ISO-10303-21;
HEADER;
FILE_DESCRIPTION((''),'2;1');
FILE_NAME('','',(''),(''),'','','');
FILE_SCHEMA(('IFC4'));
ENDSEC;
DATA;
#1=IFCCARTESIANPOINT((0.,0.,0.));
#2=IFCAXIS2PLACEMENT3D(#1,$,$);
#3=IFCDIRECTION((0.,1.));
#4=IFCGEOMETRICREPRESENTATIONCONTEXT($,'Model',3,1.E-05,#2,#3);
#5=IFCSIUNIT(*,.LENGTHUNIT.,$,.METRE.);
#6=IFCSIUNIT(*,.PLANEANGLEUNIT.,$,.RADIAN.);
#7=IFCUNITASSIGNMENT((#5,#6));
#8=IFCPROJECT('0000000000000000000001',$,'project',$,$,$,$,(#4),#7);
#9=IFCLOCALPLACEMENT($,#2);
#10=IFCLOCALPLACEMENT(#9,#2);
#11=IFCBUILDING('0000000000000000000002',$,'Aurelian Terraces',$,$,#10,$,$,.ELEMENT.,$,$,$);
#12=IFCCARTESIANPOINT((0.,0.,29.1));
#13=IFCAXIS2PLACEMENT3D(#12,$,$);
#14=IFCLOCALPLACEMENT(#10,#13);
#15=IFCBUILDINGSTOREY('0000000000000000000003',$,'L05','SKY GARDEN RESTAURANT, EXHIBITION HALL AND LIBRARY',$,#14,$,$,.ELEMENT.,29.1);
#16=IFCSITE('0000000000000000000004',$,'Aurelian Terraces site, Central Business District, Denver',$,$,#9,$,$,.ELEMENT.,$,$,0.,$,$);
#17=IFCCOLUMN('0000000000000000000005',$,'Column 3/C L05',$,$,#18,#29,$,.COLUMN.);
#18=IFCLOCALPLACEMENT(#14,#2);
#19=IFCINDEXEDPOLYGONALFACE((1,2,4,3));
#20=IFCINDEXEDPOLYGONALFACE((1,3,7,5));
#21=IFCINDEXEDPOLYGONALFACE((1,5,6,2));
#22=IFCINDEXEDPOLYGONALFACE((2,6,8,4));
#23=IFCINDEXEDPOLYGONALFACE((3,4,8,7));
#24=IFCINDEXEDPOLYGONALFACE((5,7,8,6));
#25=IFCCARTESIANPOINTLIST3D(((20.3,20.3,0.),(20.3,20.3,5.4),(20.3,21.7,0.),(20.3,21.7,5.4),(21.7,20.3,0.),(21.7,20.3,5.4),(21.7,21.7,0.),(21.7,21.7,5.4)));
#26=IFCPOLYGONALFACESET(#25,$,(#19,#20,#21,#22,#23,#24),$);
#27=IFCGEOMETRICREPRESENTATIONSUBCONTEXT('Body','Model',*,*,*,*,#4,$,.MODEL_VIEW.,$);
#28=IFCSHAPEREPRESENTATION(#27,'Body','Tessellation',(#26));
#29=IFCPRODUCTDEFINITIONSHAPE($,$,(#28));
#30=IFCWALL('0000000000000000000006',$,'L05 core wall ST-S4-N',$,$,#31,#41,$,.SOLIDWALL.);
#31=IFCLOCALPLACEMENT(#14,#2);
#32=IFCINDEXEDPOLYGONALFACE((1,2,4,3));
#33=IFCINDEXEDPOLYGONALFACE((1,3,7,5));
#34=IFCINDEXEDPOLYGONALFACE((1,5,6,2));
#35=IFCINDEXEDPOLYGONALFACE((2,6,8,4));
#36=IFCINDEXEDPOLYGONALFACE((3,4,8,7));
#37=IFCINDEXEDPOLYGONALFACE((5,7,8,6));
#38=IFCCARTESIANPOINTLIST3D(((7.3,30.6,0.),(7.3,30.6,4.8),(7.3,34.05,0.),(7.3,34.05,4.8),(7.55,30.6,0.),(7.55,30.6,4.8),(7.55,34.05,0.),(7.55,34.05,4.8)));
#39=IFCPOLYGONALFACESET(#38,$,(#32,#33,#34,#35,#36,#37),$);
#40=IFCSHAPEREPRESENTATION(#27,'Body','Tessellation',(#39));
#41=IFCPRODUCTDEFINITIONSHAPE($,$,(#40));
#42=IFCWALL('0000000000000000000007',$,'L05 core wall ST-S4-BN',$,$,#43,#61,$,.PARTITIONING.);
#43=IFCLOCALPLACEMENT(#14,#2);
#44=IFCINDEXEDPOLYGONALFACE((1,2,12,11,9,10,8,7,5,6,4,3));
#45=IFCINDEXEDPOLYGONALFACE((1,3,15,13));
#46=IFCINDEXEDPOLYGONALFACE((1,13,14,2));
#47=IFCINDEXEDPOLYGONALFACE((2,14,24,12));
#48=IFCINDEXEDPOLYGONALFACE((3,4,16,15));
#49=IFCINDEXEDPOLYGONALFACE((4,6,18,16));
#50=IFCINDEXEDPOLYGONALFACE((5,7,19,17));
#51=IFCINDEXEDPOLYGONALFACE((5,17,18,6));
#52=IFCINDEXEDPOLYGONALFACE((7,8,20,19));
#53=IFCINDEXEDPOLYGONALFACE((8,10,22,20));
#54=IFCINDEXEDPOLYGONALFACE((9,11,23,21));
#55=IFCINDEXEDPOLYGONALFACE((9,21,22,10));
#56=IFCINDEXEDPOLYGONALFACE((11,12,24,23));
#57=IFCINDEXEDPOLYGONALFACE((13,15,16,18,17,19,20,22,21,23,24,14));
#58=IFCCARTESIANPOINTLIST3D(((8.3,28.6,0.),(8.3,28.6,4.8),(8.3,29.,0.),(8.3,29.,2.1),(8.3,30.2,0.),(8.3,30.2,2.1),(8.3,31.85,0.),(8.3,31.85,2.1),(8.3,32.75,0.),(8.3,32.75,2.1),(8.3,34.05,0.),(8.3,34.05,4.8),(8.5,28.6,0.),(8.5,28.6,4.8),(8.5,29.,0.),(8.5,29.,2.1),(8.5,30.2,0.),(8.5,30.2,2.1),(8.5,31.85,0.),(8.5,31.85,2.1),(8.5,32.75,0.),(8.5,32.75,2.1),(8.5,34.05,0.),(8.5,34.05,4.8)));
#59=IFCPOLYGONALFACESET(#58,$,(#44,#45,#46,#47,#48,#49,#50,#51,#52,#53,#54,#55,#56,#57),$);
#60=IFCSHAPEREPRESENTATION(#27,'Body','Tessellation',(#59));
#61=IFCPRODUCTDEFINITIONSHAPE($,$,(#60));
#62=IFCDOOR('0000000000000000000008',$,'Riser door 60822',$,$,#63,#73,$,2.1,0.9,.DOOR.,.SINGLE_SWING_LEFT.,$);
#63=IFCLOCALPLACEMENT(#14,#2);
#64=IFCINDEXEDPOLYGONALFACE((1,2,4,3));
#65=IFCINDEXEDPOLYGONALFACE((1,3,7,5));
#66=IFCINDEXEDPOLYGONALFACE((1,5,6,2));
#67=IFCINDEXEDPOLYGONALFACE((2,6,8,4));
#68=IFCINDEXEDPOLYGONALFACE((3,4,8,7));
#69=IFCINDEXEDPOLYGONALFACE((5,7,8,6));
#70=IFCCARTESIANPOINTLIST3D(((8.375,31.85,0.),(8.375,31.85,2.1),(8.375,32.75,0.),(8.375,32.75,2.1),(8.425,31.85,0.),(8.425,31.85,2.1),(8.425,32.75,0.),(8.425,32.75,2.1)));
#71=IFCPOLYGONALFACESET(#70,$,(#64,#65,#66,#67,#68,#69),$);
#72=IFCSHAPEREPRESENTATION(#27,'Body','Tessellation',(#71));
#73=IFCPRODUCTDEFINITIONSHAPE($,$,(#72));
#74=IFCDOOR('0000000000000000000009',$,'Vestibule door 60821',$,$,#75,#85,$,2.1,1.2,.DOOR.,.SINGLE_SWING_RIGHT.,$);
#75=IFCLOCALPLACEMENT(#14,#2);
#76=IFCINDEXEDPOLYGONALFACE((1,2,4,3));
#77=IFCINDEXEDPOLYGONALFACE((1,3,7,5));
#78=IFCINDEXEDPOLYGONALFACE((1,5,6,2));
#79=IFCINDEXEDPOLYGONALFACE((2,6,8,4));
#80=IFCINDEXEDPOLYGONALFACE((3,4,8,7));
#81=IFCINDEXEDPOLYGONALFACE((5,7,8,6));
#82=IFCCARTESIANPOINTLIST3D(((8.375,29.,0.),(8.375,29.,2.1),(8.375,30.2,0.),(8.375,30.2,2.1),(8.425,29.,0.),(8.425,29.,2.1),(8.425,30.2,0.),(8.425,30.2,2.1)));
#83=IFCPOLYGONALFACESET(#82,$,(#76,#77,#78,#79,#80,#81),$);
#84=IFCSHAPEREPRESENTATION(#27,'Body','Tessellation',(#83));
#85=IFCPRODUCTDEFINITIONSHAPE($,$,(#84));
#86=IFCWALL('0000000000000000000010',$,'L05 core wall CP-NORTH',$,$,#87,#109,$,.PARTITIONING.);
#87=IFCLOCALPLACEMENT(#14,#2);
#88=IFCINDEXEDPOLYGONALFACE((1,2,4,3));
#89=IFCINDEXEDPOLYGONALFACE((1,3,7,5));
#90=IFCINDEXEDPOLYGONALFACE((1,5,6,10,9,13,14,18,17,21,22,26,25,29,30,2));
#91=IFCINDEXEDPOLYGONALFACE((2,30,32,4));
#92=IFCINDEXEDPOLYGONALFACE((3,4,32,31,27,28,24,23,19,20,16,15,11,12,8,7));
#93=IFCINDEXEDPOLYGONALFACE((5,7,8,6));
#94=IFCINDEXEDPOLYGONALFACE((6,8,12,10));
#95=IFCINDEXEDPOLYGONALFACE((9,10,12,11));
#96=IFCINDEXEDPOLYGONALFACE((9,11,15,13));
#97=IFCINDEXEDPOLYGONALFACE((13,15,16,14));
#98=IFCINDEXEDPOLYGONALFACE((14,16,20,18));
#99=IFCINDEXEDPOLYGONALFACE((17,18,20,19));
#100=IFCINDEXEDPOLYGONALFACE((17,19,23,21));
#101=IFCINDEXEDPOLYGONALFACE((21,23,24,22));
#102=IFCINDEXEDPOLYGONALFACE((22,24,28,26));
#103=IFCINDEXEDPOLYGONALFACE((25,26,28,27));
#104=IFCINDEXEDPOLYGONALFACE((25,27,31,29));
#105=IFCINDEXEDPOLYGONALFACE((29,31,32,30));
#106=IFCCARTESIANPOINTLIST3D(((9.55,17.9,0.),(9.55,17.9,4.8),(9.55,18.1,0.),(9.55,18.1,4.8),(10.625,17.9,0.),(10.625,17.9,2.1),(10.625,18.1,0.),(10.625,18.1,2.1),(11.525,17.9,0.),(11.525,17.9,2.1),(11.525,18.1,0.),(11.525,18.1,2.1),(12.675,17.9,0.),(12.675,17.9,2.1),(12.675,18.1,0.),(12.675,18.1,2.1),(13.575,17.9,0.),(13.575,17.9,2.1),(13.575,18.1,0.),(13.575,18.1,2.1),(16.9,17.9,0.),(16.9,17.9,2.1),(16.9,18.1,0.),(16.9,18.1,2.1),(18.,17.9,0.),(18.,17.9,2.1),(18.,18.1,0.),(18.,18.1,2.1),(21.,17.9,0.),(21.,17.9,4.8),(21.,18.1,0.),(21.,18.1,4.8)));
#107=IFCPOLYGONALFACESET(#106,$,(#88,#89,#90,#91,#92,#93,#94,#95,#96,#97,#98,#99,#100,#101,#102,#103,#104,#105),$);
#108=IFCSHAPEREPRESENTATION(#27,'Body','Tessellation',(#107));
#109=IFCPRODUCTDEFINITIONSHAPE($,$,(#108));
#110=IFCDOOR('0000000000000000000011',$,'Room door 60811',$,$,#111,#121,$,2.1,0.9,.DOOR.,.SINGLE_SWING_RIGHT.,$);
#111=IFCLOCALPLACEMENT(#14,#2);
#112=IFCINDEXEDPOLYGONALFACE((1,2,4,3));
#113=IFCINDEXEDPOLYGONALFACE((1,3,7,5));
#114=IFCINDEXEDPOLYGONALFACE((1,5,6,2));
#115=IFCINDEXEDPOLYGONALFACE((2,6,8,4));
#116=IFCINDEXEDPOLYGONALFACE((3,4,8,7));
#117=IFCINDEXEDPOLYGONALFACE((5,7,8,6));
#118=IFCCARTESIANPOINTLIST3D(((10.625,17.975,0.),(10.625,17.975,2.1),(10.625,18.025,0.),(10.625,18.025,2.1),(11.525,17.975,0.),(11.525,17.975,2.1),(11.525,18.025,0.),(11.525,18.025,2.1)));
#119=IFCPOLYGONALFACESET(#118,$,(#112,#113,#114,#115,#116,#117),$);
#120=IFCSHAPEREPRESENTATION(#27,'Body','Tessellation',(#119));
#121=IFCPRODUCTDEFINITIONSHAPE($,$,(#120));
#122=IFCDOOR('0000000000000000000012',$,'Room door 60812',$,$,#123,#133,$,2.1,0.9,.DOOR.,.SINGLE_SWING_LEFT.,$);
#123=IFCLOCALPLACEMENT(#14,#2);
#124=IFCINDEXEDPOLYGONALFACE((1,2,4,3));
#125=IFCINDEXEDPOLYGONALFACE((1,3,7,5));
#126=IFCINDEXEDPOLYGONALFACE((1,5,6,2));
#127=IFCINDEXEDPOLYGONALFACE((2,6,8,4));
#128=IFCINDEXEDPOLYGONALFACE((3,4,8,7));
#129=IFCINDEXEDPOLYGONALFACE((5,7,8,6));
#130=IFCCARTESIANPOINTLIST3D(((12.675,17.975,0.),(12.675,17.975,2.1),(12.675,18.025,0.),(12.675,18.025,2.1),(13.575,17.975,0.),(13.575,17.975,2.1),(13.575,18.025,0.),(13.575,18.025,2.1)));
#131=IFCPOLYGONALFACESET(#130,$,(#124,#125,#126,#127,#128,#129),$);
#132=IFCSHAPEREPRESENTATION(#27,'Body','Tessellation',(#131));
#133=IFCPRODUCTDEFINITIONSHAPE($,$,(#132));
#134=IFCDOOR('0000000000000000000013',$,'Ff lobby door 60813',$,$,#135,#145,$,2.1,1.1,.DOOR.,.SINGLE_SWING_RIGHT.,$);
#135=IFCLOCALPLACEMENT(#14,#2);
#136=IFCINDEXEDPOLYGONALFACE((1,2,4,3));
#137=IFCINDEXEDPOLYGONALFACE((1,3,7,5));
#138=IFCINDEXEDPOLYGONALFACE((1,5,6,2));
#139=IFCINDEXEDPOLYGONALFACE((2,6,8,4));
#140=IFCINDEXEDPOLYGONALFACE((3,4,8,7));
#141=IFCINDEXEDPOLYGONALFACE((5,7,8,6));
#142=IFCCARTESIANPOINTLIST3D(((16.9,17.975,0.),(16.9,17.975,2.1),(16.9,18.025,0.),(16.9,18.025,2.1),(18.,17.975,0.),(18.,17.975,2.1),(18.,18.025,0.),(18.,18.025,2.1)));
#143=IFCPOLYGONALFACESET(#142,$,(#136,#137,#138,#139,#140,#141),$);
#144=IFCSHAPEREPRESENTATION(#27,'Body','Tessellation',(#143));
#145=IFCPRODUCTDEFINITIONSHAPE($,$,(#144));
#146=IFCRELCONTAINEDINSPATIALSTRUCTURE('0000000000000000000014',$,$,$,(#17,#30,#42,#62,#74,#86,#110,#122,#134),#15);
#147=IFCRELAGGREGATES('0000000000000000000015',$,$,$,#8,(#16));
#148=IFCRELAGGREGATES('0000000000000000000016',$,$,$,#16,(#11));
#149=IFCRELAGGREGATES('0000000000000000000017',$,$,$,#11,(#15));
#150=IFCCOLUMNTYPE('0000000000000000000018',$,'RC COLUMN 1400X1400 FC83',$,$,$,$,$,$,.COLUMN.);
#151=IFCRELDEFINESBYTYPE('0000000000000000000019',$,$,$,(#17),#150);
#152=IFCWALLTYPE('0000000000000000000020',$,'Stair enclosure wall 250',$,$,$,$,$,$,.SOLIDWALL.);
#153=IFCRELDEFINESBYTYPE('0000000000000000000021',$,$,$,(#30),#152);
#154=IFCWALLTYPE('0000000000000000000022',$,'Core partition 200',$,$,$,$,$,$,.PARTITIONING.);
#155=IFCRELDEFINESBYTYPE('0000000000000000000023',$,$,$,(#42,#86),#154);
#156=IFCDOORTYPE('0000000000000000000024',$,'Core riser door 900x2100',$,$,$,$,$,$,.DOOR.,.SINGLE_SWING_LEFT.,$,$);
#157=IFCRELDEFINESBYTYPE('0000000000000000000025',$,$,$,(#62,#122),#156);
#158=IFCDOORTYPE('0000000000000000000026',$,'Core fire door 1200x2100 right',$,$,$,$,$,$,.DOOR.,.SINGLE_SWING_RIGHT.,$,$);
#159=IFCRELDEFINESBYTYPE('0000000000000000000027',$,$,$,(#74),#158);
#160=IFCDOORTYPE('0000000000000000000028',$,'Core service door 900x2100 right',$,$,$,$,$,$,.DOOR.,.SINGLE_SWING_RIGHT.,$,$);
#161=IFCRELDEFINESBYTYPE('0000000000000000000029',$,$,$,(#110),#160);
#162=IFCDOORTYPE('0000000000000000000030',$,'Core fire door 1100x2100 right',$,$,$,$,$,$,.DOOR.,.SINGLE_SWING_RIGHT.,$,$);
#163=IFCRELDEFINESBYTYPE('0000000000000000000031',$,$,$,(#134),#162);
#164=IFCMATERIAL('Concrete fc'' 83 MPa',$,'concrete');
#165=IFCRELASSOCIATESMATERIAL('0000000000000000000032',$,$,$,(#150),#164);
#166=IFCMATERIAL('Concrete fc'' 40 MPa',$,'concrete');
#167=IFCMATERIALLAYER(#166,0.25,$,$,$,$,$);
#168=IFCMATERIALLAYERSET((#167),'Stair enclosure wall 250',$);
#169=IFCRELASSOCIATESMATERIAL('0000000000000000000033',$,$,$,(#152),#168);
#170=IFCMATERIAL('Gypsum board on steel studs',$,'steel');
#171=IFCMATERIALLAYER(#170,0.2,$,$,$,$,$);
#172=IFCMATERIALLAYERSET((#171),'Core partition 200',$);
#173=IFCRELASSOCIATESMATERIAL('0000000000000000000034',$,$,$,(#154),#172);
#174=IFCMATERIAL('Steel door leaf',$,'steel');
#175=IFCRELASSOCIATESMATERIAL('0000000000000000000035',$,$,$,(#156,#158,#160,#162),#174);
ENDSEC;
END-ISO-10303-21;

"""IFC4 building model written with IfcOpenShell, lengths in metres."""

from ifc_helpers import new_model, si_unit, direction, frame, frame_2d, origin, origin_2d, place, context, subcontext, project, spatial, rectangle, extrude, source, transform, mapped, material, layer, layer_set, material_profile, profile_set, type_object, element, fill, save


model = new_model("IFC4")

# Units and contexts
model_context = context("Model", 3, precision=1e-05, world=origin(), true_north=direction((0.0, 1.0)))
body_context = subcontext(model_context, "Body", "Model", "MODEL_VIEW")
ifc_project = project(units=[si_unit("LENGTHUNIT", "METRE"), si_unit("PLANEANGLEUNIT", "RADIAN")], contexts=[model_context])

# Site, building, storey
site_placement = place(None, origin())
site = spatial("IfcSite", under=ifc_project, at=site_placement, Name="Aurelian Terraces site, Central Business District, Denver", CompositionType="ELEMENT", RefElevation=0.0)
building_placement = place(site_placement, origin())
building = spatial("IfcBuilding", under=site, at=building_placement, Name="Aurelian Terraces", CompositionType="ELEMENT")
storey_placement = place(building_placement, frame((0.0, 0.0, 29.1)))
storey = spatial("IfcBuildingStorey", under=building, at=storey_placement, Name="L05", Description="SKY GARDEN RESTAURANT, EXHIBITION HALL AND LIBRARY", CompositionType="ELEMENT", Elevation=29.1)

# Column
ifc_material_1 = material(Name="Concrete fc' 83 MPa", Category="concrete")
ifc_material_profile = material_profile(ifc_material_1, rectangle(XDim=1.4, YDim=1.4, at=origin_2d()))
ifc_profile_set = profile_set([ifc_material_profile], Name="Concrete fc' 83 MPa")
column_type = type_object("IfcColumnType", Name="RC COLUMN 1400X1400 FC83", PredefinedType="COLUMN", material=ifc_profile_set)
shared_shape_1 = source(origin(), body_context, "Body", "SweptSolid", [
    extrude(rectangle(XDim=1.4, YDim=1.4, at=origin_2d()), origin(), (0.0, 0.0, 1.0), 5.4),
])
column_placement = place(storey_placement, frame((21.0, 21.0, 0.0), z_axis=(0.0, 0.0, 1.0), x_axis=(1.0, 0.0, 0.0)))
element("IfcColumn", 1, at=column_placement, inside=storey, type_object=column_type, Name="Column 3/C L05", PredefinedType="COLUMN", context=body_context, shape_type="MappedRepresentation", body=[
    mapped(shared_shape_1, transform((0.0, 0.0, 0.0), scale=1.0)),
])

# Wall
ifc_material_2 = material(Name="Concrete fc' 40 MPa", Category="concrete")
ifc_layer_1 = layer(ifc_material_2, 0.25)
ifc_layer_set_1 = layer_set([ifc_layer_1], Name="Stair enclosure wall 250")
wall_type_1 = type_object("IfcWallType", Name="Stair enclosure wall 250", PredefinedType="SOLIDWALL", material=ifc_layer_set_1)
shared_shape_2 = source(origin(), body_context, "Body", "SweptSolid", [
    extrude(rectangle(XDim=3.45, YDim=0.25, at=frame_2d((1.725, 0.0))), origin(), (0.0, 0.0, 1.0), 4.8),
])
wall_1_placement = place(storey_placement, frame((7.425, 30.6, 0.0), z_axis=(0.0, 0.0, 1.0), x_axis=(0.0, 1.0, 0.0)))
element("IfcWall", 2, at=wall_1_placement, inside=storey, type_object=wall_type_1, Name="L05 core wall ST-S4-N", PredefinedType="SOLIDWALL", context=body_context, shape_type="MappedRepresentation", body=[
    mapped(shared_shape_2, transform((0.0, 0.0, 0.0), scale=1.0)),
])

# Walls, openings, doors
ifc_material_3 = material(Name="Gypsum board on steel studs", Category="steel")
ifc_layer_2 = layer(ifc_material_3, 0.2)
ifc_layer_set_2 = layer_set([ifc_layer_2], Name="Core partition 200")
wall_type_2 = type_object("IfcWallType", Name="Core partition 200", PredefinedType="PARTITIONING", material=ifc_layer_set_2)
shared_shape_3 = source(origin(), body_context, "Body", "SweptSolid", [
    extrude(rectangle(XDim=5.45, YDim=0.2, at=frame_2d((2.725, 0.0))), origin(), (0.0, 0.0, 1.0), 4.8),
])
wall_2_placement = place(storey_placement, frame((8.4, 28.6, 0.0), z_axis=(0.0, 0.0, 1.0), x_axis=(0.0, 1.0, 0.0)))
wall_2 = element("IfcWall", 3, at=wall_2_placement, inside=storey, type_object=wall_type_2, Name="L05 core wall ST-S4-BN", PredefinedType="PARTITIONING", context=body_context, shape_type="MappedRepresentation", body=[
    mapped(shared_shape_3, transform((0.0, 0.0, 0.0), scale=1.0)),
])
shared_shape_4 = source(origin(), body_context, "Body", "SweptSolid", [
    extrude(rectangle(XDim=1.2, YDim=2.1, at=frame_2d((0.6, 1.05))), frame((0.0, 0.11, 0.0), z_axis=(0.0, -1.0, 0.0), x_axis=(1.0, 0.0, 0.0)), (0.0, 0.0, 1.0), 0.22),
])
opening_1_placement = place(wall_2_placement, frame((0.4, 0.0, 0.0)))
opening_1 = element("IfcOpeningElement", 4, at=opening_1_placement, cuts=wall_2, PredefinedType="OPENING", context=body_context, shape_type="MappedRepresentation", body=[
    mapped(shared_shape_4, transform((0.0, 0.0, 0.0), scale=1.0)),
])
shared_shape_5 = source(origin(), body_context, "Body", "SweptSolid", [
    extrude(rectangle(XDim=0.9, YDim=2.1, at=frame_2d((0.45, 1.05))), frame((0.0, 0.11, 0.0), z_axis=(0.0, -1.0, 0.0), x_axis=(1.0, 0.0, 0.0)), (0.0, 0.0, 1.0), 0.22),
])
opening_2_placement = place(wall_2_placement, frame((3.25, 0.0, 0.0)))
opening_2 = element("IfcOpeningElement", 5, at=opening_2_placement, cuts=wall_2, PredefinedType="OPENING", context=body_context, shape_type="MappedRepresentation", body=[
    mapped(shared_shape_5, transform((0.0, 0.0, 0.0), scale=1.0)),
])
ifc_material_4 = material(Name="Steel door leaf", Category="steel")
door_type_1 = type_object("IfcDoorType", Name="Core riser door 900x2100", OperationType="SINGLE_SWING_LEFT", PredefinedType="DOOR", material=ifc_material_4)
shared_shape_6 = source(origin(), body_context, "Body", "SweptSolid", [
    extrude(rectangle(XDim=0.9, YDim=2.1, at=frame_2d((0.45, 1.05))), frame((0.0, 0.025, 0.0), z_axis=(0.0, -1.0, 0.0), x_axis=(1.0, 0.0, 0.0)), (0.0, 0.0, 1.0), 0.05),
])
door_1_placement = place(opening_2_placement, origin())
door_1 = element("IfcDoor", 6, at=door_1_placement, inside=storey, type_object=door_type_1, Name="Riser door 60822", OperationType="SINGLE_SWING_LEFT", OverallHeight=2.1, OverallWidth=0.9, PredefinedType="DOOR", context=body_context, shape_type="MappedRepresentation", body=[
    mapped(shared_shape_6, transform((0.0, 0.0, 0.0), scale=1.0)),
])
fill(opening_2, door_1)
door_type_2 = type_object("IfcDoorType", Name="Core fire door 1200x2100 right", OperationType="SINGLE_SWING_RIGHT", PredefinedType="DOOR", material=ifc_material_4)
shared_shape_7 = source(origin(), body_context, "Body", "SweptSolid", [
    extrude(rectangle(XDim=1.2, YDim=2.1, at=frame_2d((0.6, 1.05))), frame((0.0, 0.025, 0.0), z_axis=(0.0, -1.0, 0.0), x_axis=(1.0, 0.0, 0.0)), (0.0, 0.0, 1.0), 0.05),
])
door_2_placement = place(opening_1_placement, origin())
door_2 = element("IfcDoor", 7, at=door_2_placement, inside=storey, type_object=door_type_2, Name="Vestibule door 60821", OperationType="SINGLE_SWING_RIGHT", OverallHeight=2.1, OverallWidth=1.2, PredefinedType="DOOR", context=body_context, shape_type="MappedRepresentation", body=[
    mapped(shared_shape_7, transform((0.0, 0.0, 0.0), scale=1.0)),
])
fill(opening_1, door_2)
shared_shape_8 = source(origin(), body_context, "Body", "SweptSolid", [
    extrude(rectangle(XDim=11.45, YDim=0.2, at=frame_2d((5.725, 0.0))), origin(), (0.0, 0.0, 1.0), 4.8),
])
wall_3_placement = place(storey_placement, frame((9.55, 18.0, 0.0), z_axis=(0.0, 0.0, 1.0), x_axis=(1.0, 0.0, 0.0)))
wall_3 = element("IfcWall", 8, at=wall_3_placement, inside=storey, type_object=wall_type_2, Name="L05 core wall CP-NORTH", PredefinedType="PARTITIONING", context=body_context, shape_type="MappedRepresentation", body=[
    mapped(shared_shape_8, transform((0.0, 0.0, 0.0), scale=1.0)),
])
opening_3_placement = place(wall_3_placement, frame((1.075, 0.0, 0.0)))
opening_3 = element("IfcOpeningElement", 9, at=opening_3_placement, cuts=wall_3, PredefinedType="OPENING", context=body_context, shape_type="MappedRepresentation", body=[
    mapped(shared_shape_5, transform((0.0, 0.0, 0.0), scale=1.0)),
])
opening_4_placement = place(wall_3_placement, frame((3.125, 0.0, 0.0)))
opening_4 = element("IfcOpeningElement", 10, at=opening_4_placement, cuts=wall_3, PredefinedType="OPENING", context=body_context, shape_type="MappedRepresentation", body=[
    mapped(shared_shape_5, transform((0.0, 0.0, 0.0), scale=1.0)),
])
shared_shape_9 = source(origin(), body_context, "Body", "SweptSolid", [
    extrude(rectangle(XDim=1.1, YDim=2.1, at=frame_2d((0.55, 1.05))), frame((0.0, 0.11, 0.0), z_axis=(0.0, -1.0, 0.0), x_axis=(1.0, 0.0, 0.0)), (0.0, 0.0, 1.0), 0.22),
])
opening_5_placement = place(wall_3_placement, frame((7.35, 0.0, 0.0)))
opening_5 = element("IfcOpeningElement", 11, at=opening_5_placement, cuts=wall_3, PredefinedType="OPENING", context=body_context, shape_type="MappedRepresentation", body=[
    mapped(shared_shape_9, transform((0.0, 0.0, 0.0), scale=1.0)),
])
door_type_3 = type_object("IfcDoorType", Name="Core service door 900x2100 right", OperationType="SINGLE_SWING_RIGHT", PredefinedType="DOOR", material=ifc_material_4)
door_3_placement = place(opening_3_placement, origin())
door_3 = element("IfcDoor", 12, at=door_3_placement, inside=storey, type_object=door_type_3, Name="Room door 60811", OperationType="SINGLE_SWING_RIGHT", OverallHeight=2.1, OverallWidth=0.9, PredefinedType="DOOR", context=body_context, shape_type="MappedRepresentation", body=[
    mapped(shared_shape_6, transform((0.0, 0.0, 0.0), scale=1.0)),
])
fill(opening_3, door_3)
door_4_placement = place(opening_4_placement, origin())
door_4 = element("IfcDoor", 13, at=door_4_placement, inside=storey, type_object=door_type_1, Name="Room door 60812", OperationType="SINGLE_SWING_LEFT", OverallHeight=2.1, OverallWidth=0.9, PredefinedType="DOOR", context=body_context, shape_type="MappedRepresentation", body=[
    mapped(shared_shape_6, transform((0.0, 0.0, 0.0), scale=1.0)),
])
fill(opening_4, door_4)
door_type_4 = type_object("IfcDoorType", Name="Core fire door 1100x2100 right", OperationType="SINGLE_SWING_RIGHT", PredefinedType="DOOR", material=ifc_material_4)
shared_shape_10 = source(origin(), body_context, "Body", "SweptSolid", [
    extrude(rectangle(XDim=1.1, YDim=2.1, at=frame_2d((0.55, 1.05))), frame((0.0, 0.025, 0.0), z_axis=(0.0, -1.0, 0.0), x_axis=(1.0, 0.0, 0.0)), (0.0, 0.0, 1.0), 0.05),
])
door_5_placement = place(opening_5_placement, origin())
door_5 = element("IfcDoor", 14, at=door_5_placement, inside=storey, type_object=door_type_4, Name="Ff lobby door 60813", OperationType="SINGLE_SWING_RIGHT", OverallHeight=2.1, OverallWidth=1.1, PredefinedType="DOOR", context=body_context, shape_type="MappedRepresentation", body=[
    mapped(shared_shape_10, transform((0.0, 0.0, 0.0), scale=1.0)),
])
fill(opening_5, door_5)

save(model, "model.ifc")
